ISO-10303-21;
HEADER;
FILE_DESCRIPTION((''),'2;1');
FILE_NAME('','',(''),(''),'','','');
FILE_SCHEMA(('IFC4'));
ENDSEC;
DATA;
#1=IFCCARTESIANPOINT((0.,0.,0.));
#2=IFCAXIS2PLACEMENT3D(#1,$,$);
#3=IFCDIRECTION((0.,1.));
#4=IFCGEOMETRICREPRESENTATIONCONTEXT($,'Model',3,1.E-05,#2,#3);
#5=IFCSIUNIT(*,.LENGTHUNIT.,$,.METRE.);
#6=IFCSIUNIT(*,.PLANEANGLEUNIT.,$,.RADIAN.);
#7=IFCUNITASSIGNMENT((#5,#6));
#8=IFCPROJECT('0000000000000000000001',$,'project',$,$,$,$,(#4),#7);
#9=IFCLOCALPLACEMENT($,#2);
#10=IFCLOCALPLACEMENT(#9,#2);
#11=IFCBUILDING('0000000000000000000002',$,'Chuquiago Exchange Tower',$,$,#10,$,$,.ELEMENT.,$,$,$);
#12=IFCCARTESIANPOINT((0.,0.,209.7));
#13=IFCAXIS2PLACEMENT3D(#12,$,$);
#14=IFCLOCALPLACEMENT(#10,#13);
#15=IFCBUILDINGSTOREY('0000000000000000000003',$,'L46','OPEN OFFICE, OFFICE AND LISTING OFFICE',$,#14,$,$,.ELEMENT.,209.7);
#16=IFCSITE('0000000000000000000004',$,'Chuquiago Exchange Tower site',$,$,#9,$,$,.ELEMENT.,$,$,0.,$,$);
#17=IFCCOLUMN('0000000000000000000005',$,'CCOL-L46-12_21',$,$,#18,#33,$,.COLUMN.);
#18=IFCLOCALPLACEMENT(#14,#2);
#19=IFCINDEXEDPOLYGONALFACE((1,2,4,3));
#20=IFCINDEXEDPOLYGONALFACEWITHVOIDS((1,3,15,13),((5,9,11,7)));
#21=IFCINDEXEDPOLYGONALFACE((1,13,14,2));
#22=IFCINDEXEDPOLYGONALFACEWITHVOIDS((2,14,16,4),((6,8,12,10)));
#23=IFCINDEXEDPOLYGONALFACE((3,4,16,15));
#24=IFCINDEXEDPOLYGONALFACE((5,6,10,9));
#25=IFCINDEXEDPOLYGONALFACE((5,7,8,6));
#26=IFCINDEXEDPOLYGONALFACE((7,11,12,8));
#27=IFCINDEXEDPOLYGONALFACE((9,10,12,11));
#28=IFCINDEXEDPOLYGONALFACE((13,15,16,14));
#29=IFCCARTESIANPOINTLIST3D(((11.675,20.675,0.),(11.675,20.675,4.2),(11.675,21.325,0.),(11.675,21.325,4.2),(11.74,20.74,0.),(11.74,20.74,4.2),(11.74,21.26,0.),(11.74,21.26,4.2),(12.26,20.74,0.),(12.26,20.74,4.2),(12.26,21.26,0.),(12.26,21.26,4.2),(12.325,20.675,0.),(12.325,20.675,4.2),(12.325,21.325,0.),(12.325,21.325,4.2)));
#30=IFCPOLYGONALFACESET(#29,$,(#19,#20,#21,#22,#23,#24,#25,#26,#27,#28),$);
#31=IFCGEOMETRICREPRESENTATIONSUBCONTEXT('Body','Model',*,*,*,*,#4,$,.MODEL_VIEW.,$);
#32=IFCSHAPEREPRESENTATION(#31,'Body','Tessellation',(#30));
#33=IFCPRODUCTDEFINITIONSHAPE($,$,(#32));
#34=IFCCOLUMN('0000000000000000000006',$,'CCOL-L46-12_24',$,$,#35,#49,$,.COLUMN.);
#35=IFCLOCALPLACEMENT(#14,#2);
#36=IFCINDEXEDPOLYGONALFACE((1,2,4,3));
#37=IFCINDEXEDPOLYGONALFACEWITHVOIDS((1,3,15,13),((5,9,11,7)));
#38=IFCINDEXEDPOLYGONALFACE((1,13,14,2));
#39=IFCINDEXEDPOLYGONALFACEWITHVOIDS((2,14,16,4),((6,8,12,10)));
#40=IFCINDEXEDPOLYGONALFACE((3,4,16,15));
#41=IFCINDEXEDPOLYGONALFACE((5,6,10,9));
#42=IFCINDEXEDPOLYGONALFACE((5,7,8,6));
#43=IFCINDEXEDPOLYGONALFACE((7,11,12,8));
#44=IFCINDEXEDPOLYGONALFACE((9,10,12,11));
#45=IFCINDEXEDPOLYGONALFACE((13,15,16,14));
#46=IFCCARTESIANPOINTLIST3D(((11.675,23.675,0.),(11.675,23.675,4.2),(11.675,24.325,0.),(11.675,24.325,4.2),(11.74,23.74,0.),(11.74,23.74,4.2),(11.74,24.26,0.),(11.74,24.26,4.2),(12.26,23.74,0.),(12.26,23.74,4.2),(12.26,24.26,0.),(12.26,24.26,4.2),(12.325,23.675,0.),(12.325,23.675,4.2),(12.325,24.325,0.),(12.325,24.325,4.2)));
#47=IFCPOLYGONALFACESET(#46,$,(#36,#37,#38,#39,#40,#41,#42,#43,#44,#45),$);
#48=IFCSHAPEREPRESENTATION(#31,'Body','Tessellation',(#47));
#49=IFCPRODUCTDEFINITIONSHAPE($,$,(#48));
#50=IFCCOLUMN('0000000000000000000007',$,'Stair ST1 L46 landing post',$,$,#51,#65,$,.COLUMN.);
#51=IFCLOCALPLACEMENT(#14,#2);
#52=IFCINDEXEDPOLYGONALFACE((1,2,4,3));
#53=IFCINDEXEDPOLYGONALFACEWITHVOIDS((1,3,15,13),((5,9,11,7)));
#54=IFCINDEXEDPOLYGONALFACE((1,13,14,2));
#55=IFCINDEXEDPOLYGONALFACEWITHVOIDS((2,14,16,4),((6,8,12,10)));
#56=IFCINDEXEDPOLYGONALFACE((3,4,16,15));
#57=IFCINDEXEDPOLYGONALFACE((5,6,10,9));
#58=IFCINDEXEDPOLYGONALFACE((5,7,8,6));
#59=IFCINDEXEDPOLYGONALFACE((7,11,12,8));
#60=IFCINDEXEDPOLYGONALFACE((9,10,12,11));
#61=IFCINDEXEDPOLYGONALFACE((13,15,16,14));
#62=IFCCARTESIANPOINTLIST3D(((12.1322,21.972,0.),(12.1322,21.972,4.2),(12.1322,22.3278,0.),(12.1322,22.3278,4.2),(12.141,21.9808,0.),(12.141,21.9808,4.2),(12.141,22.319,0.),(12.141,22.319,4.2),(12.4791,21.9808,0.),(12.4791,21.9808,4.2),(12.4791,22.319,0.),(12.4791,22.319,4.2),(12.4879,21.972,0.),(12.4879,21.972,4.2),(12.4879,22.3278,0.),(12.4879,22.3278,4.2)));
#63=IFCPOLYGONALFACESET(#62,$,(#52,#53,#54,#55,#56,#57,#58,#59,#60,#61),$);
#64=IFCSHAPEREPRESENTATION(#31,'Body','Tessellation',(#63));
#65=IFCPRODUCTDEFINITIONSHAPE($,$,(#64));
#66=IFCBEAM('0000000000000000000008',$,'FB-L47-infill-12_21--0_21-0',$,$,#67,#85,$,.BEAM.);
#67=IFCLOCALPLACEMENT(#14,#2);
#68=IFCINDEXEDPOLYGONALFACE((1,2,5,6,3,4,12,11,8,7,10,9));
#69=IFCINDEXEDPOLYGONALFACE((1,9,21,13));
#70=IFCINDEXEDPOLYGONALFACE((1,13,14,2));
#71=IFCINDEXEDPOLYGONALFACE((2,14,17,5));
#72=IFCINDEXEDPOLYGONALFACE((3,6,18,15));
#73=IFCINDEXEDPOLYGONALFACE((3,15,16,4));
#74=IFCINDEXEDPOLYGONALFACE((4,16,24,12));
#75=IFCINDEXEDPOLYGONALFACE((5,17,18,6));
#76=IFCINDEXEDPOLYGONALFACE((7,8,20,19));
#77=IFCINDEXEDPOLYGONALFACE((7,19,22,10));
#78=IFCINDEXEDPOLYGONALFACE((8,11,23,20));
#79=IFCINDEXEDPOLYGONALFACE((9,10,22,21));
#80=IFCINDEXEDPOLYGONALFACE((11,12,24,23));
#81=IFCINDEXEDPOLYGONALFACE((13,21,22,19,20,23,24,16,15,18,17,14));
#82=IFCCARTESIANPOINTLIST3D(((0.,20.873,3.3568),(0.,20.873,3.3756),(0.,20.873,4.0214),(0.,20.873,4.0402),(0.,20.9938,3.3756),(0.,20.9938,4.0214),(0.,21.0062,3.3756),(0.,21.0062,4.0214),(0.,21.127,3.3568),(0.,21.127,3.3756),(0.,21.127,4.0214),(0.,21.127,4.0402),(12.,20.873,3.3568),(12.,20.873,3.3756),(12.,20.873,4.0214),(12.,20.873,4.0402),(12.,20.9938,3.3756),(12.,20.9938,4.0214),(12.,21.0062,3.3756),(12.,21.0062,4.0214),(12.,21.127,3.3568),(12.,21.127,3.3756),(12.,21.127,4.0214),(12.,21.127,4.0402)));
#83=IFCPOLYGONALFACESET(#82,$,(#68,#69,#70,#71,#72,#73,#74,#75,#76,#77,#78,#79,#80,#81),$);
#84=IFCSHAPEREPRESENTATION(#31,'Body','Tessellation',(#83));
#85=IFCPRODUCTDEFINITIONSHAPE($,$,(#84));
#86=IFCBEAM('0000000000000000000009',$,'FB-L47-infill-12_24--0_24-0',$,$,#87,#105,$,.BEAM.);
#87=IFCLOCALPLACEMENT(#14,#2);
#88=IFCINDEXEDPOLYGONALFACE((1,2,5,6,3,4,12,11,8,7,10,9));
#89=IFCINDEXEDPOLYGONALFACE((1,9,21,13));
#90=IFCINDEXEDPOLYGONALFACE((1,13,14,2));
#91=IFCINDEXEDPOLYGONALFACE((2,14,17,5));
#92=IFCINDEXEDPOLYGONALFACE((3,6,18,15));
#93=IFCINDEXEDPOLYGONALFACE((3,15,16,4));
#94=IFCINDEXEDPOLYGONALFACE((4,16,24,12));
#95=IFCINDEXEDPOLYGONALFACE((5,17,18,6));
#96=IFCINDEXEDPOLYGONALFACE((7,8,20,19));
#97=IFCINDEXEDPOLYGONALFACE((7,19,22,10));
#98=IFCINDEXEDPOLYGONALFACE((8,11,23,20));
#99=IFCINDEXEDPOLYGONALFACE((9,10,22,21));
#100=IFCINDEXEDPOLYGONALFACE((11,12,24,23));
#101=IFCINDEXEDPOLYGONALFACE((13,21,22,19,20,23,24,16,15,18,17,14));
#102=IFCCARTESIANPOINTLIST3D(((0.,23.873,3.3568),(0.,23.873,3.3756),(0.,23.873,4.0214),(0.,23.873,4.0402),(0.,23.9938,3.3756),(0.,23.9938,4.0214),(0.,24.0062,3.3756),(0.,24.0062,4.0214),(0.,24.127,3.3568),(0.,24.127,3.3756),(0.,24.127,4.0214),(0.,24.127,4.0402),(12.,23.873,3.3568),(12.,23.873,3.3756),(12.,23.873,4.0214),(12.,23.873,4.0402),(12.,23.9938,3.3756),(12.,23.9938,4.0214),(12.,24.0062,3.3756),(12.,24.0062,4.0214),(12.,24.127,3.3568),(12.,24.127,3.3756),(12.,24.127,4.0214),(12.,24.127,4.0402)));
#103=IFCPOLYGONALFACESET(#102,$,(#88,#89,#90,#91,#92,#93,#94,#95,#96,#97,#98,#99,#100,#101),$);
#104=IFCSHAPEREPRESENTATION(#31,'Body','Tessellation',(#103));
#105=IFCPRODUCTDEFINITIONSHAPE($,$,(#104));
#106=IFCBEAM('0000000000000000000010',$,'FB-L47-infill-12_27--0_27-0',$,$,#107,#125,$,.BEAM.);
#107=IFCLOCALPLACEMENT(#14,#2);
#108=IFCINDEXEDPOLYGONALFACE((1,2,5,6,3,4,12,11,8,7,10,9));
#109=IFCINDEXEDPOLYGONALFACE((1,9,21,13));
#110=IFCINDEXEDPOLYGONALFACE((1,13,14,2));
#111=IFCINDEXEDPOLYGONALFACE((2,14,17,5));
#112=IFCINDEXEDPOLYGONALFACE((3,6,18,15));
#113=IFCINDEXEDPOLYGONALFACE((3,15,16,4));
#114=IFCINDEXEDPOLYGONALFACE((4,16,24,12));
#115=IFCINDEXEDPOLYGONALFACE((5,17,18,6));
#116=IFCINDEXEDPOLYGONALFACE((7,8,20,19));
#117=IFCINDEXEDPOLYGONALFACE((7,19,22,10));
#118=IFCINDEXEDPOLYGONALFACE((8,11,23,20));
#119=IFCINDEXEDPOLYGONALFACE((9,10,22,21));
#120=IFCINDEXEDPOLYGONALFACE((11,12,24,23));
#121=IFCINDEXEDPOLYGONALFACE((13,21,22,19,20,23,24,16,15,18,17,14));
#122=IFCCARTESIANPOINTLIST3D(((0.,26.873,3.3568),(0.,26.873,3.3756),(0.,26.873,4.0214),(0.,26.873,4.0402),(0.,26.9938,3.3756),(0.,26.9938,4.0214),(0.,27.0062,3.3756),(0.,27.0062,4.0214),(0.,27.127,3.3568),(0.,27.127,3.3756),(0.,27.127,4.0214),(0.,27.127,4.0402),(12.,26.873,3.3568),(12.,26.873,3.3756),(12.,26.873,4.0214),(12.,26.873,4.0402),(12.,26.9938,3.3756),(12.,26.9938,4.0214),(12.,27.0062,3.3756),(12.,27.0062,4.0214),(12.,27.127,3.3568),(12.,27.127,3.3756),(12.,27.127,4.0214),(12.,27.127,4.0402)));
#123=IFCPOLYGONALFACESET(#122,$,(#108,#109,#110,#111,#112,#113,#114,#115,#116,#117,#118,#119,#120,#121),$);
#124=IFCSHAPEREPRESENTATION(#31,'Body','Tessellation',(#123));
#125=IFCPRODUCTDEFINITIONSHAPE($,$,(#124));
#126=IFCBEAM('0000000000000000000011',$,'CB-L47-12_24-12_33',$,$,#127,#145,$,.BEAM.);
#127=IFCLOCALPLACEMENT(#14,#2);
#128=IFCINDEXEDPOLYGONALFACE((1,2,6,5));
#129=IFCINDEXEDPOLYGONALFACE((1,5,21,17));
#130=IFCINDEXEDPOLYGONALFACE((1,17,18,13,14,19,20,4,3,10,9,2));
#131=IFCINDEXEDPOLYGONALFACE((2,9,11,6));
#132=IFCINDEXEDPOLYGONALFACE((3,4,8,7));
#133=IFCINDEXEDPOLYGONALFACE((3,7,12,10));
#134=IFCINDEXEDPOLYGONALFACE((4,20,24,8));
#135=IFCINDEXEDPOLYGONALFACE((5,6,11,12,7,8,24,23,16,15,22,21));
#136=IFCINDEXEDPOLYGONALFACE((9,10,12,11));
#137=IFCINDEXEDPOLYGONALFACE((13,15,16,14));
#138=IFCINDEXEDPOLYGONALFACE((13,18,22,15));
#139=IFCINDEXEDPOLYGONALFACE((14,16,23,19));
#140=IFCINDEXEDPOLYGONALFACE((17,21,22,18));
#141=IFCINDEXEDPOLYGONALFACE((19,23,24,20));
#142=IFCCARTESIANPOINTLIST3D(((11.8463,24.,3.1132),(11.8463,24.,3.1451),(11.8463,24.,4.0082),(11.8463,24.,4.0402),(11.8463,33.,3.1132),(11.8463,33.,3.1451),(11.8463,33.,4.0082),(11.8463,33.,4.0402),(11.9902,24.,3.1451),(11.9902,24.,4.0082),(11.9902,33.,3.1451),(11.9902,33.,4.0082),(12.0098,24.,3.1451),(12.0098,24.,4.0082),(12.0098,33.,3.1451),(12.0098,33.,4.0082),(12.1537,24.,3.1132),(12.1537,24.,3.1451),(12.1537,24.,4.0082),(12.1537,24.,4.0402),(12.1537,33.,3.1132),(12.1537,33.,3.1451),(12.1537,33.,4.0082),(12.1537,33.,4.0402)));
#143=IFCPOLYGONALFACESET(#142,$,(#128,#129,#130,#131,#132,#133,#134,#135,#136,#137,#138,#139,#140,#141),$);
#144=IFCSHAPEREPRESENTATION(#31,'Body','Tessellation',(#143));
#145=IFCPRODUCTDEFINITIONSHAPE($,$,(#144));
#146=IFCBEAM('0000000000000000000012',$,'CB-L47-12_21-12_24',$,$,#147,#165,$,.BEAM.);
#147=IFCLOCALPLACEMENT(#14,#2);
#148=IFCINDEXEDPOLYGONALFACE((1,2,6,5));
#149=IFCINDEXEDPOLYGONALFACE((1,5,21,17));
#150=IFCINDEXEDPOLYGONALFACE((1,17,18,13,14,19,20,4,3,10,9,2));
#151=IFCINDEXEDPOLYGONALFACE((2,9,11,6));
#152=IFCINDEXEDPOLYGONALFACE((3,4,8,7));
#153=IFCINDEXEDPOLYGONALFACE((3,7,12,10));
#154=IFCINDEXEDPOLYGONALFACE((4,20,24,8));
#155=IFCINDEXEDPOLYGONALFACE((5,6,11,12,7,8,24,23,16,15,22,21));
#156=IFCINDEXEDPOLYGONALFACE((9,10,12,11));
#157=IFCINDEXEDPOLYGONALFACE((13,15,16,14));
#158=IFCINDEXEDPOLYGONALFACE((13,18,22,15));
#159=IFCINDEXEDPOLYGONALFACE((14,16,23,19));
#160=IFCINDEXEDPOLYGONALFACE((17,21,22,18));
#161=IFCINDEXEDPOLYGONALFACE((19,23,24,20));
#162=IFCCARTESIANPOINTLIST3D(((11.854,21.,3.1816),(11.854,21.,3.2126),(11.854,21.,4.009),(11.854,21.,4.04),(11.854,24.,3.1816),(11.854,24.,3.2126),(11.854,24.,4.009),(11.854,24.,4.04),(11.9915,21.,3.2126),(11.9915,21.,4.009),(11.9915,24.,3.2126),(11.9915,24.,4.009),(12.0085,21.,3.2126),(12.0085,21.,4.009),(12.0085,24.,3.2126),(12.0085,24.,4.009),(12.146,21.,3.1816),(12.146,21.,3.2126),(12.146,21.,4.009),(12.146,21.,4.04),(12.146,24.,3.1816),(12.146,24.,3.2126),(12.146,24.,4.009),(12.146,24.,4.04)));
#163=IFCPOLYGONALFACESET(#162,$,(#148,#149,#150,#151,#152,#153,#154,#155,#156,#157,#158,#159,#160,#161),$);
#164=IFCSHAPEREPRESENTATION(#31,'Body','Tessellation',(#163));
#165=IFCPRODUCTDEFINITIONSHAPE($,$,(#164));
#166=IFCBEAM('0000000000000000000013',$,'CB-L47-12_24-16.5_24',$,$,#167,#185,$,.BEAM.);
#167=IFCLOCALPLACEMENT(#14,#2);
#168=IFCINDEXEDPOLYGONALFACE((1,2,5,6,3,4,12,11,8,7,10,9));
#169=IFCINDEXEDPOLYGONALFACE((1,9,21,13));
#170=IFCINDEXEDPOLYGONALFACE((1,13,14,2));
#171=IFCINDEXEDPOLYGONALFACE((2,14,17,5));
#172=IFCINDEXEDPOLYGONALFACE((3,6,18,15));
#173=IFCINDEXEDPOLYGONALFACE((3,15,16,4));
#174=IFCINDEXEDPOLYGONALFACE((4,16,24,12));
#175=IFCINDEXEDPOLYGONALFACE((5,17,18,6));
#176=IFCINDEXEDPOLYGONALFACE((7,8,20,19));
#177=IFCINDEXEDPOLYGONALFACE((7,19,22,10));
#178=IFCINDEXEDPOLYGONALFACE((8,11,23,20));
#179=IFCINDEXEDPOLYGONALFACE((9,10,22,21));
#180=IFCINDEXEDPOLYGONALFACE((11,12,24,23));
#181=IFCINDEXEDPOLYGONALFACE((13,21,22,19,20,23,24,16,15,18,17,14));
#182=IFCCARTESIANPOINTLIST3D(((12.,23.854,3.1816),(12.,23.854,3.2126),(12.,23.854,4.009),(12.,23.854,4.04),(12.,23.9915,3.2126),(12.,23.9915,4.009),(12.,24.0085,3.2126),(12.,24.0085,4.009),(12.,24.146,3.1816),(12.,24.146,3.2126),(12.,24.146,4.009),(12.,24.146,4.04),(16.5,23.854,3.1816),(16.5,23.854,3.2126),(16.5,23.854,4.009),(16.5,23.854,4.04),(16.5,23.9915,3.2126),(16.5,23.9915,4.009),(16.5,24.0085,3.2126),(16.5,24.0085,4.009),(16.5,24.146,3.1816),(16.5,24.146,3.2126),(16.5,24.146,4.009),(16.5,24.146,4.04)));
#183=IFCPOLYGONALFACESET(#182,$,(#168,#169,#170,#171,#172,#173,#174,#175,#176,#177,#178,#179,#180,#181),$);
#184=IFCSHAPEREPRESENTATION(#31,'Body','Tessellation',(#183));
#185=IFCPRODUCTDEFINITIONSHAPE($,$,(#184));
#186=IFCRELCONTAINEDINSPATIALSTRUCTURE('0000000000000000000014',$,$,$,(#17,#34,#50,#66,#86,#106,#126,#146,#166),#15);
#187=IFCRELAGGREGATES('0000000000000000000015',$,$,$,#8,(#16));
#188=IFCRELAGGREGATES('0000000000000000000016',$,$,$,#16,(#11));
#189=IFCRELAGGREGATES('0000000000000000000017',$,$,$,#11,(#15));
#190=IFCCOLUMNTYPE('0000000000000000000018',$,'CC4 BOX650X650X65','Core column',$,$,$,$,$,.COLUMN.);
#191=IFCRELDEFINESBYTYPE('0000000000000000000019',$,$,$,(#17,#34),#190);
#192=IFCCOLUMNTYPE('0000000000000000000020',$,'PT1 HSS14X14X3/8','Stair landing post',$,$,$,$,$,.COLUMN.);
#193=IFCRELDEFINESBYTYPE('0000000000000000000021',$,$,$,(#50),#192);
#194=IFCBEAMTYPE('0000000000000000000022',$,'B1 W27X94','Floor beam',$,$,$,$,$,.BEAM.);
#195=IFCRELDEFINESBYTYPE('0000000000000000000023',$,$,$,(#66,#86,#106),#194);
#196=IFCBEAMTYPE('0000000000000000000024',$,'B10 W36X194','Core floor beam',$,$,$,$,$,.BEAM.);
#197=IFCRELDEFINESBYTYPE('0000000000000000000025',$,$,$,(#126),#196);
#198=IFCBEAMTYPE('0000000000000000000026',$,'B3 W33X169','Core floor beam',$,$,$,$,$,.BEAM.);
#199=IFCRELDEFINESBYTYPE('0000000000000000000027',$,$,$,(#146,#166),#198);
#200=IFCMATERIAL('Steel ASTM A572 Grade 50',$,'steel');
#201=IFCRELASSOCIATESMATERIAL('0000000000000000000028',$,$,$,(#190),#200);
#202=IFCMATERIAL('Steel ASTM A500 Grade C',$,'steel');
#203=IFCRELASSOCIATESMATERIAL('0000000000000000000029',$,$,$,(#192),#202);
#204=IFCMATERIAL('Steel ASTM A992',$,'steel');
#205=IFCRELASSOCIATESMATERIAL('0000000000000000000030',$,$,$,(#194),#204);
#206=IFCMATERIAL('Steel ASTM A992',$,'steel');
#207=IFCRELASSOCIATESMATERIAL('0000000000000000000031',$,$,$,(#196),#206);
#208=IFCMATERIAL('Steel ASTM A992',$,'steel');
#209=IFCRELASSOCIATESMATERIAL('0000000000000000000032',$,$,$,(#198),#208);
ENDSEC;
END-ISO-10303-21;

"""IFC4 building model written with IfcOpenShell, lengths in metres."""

from ifc_helpers import new_model, si_unit, direction, frame, origin, origin_2d, place, context, subcontext, project, spatial, hollow_rectangle, i_section, extrude, material, material_profile, profile_set, type_object, element, save


model = new_model("IFC4")

# Units and contexts
model_context = context("Model", 3, precision=1e-05, world=origin(), true_north=direction((0.0, 1.0)))
body_context = subcontext(model_context, "Body", "Model", "MODEL_VIEW")
ifc_project = project(units=[si_unit("LENGTHUNIT", "METRE"), si_unit("PLANEANGLEUNIT", "RADIAN")], contexts=[model_context])

# Site, building, storey
site_placement = place(None, origin())
site = spatial("IfcSite", under=ifc_project, at=site_placement, Name="Chuquiago Exchange Tower site", CompositionType="ELEMENT", RefElevation=0.0)
building_placement = place(site_placement, origin())
building = spatial("IfcBuilding", under=site, at=building_placement, Name="Chuquiago Exchange Tower", CompositionType="ELEMENT")
storey_placement = place(building_placement, frame((0.0, 0.0, 209.7)))
storey = spatial("IfcBuildingStorey", under=building, at=storey_placement, Name="L46", Description="OPEN OFFICE, OFFICE AND LISTING OFFICE", CompositionType="ELEMENT", Elevation=209.7)

# Columns
ifc_material_1 = material(Name="Steel ASTM A572 Grade 50", Category="steel")
ifc_material_profile_1 = material_profile(ifc_material_1, hollow_rectangle(XDim=0.6499, YDim=0.6499, WallThickness=0.0649, at=origin_2d()), Name="BOX650X650X65")
ifc_profile_set_1 = profile_set([ifc_material_profile_1], Name="Steel ASTM A572 Grade 50")
column_type_1 = type_object("IfcColumnType", Name="CC4 BOX650X650X65", Description="Core column", PredefinedType="COLUMN", material=ifc_profile_set_1)
for number, where, z_axis, x_axis, name in (
    (1, (12.0, 21.0, 0.0), (0.0, 0.0, 1.0), (1.0, 0.0, 0.0), "CCOL-L46-12_21"),
    (2, (12.0, 24.0, 0.0), (0.0, 0.0, 1.0), (1.0, 0.0, 0.0), "CCOL-L46-12_24"),
):
    element("IfcColumn", number, at=place(storey_placement, frame(where, z_axis=z_axis, x_axis=x_axis)), inside=storey, type_object=column_type_1, Name=name, PredefinedType="COLUMN", context=body_context, shape_type="SweptSolid", body=[
        extrude(hollow_rectangle(XDim=0.6499, YDim=0.6499, WallThickness=0.0649, at=origin_2d()), origin(), (0.0, 0.0, 1.0), 4.2),
    ])
ifc_material_2 = material(Name="Steel ASTM A500 Grade C", Category="steel")
ifc_material_profile_2 = material_profile(ifc_material_2, hollow_rectangle(XDim=0.3557, YDim=0.3557, WallThickness=0.0088, at=origin_2d()), Name="HSS14X14X3/8")
ifc_profile_set_2 = profile_set([ifc_material_profile_2], Name="Steel ASTM A500 Grade C")
column_type_2 = type_object("IfcColumnType", Name="PT1 HSS14X14X3/8", Description="Stair landing post", PredefinedType="COLUMN", material=ifc_profile_set_2)
column_placement = place(storey_placement, frame((12.3101, 22.1499, 0.0), z_axis=(0.0, 0.0, 1.0), x_axis=(1.0, 0.0, 0.0)))
element("IfcColumn", 3, at=column_placement, inside=storey, type_object=column_type_2, Name="Stair ST1 L46 landing post", PredefinedType="COLUMN", context=body_context, shape_type="SweptSolid", body=[
    extrude(hollow_rectangle(XDim=0.3557, YDim=0.3557, WallThickness=0.0088, at=origin_2d()), origin(), (0.0, 0.0, 1.0), 4.2),
])

# Beams
ifc_material_3 = material(Name="Steel ASTM A992", Category="steel")
ifc_material_profile_3 = material_profile(ifc_material_3, i_section(OverallWidth=0.2539, OverallDepth=0.6833, WebThickness=0.0125, FlangeThickness=0.0188, at=origin_2d()), Name="W27X94")
ifc_profile_set_3 = profile_set([ifc_material_profile_3], Name="Steel ASTM A992")
beam_type_1 = type_object("IfcBeamType", Name="B1 W27X94", Description="Floor beam", PredefinedType="BEAM", material=ifc_profile_set_3)
for number, where, z_axis, x_axis, name in (
    (4, (12.0, 21.0, 3.6985), (-1.0, 0.0, 0.0), (0.0, -1.0, 0.0), "FB-L47-infill-12_21--0_21-0"),
    (5, (12.0, 24.0, 3.6985), (-1.0, 0.0, 0.0), (0.0, -1.0, 0.0), "FB-L47-infill-12_24--0_24-0"),
    (6, (12.0, 27.0, 3.6985), (-1.0, 0.0, 0.0), (0.0, -1.0, 0.0), "FB-L47-infill-12_27--0_27-0"),
):
    element("IfcBeam", number, at=place(storey_placement, frame(where, z_axis=z_axis, x_axis=x_axis)), inside=storey, type_object=beam_type_1, Name=name, PredefinedType="BEAM", context=body_context, shape_type="SweptSolid", body=[
        extrude(i_section(OverallWidth=0.2539, OverallDepth=0.6833, WebThickness=0.0125, FlangeThickness=0.0188, at=origin_2d()), origin(), (0.0, 0.0, 1.0), 12.0),
    ])
ifc_material_4 = material(Name="Steel ASTM A992", Category="steel")
ifc_material_profile_4 = material_profile(ifc_material_4, i_section(OverallWidth=0.3074, OverallDepth=0.927, WebThickness=0.0195, FlangeThickness=0.032, at=origin_2d()), Name="W36X194")
ifc_profile_set_4 = profile_set([ifc_material_profile_4], Name="Steel ASTM A992")
beam_type_2 = type_object("IfcBeamType", Name="B10 W36X194", Description="Core floor beam", PredefinedType="BEAM", material=ifc_profile_set_4)
beam_1_placement = place(storey_placement, frame((12.0, 24.0, 3.5767), z_axis=(0.0, 1.0, 0.0), x_axis=(-1.0, 0.0, 0.0)))
element("IfcBeam", 7, at=beam_1_placement, inside=storey, type_object=beam_type_2, Name="CB-L47-12_24-12_33", PredefinedType="BEAM", context=body_context, shape_type="SweptSolid", body=[
    extrude(i_section(OverallWidth=0.3074, OverallDepth=0.927, WebThickness=0.0195, FlangeThickness=0.032, at=origin_2d()), origin(), (0.0, 0.0, 1.0), 9.0),
])
ifc_material_5 = material(Name="Steel ASTM A992", Category="steel")
ifc_material_profile_5 = material_profile(ifc_material_5, i_section(OverallWidth=0.292, OverallDepth=0.8584, WebThickness=0.0171, FlangeThickness=0.031, at=origin_2d()), Name="W33X169")
ifc_profile_set_5 = profile_set([ifc_material_profile_5], Name="Steel ASTM A992")
beam_type_3 = type_object("IfcBeamType", Name="B3 W33X169", Description="Core floor beam", PredefinedType="BEAM", material=ifc_profile_set_5)
beam_2_placement = place(storey_placement, frame((12.0, 21.0, 3.6108), z_axis=(0.0, 1.0, 0.0), x_axis=(-1.0, 0.0, 0.0)))
element("IfcBeam", 8, at=beam_2_placement, inside=storey, type_object=beam_type_3, Name="CB-L47-12_21-12_24", PredefinedType="BEAM", context=body_context, shape_type="SweptSolid", body=[
    extrude(i_section(OverallWidth=0.292, OverallDepth=0.8584, WebThickness=0.0171, FlangeThickness=0.031, at=origin_2d()), origin(), (0.0, 0.0, 1.0), 3.0),
])
beam_3_placement = place(storey_placement, frame((12.0, 24.0, 3.6108), z_axis=(1.0, 0.0, 0.0), x_axis=(0.0, 1.0, 0.0)))
element("IfcBeam", 9, at=beam_3_placement, inside=storey, type_object=beam_type_3, Name="CB-L47-12_24-16.5_24", PredefinedType="BEAM", context=body_context, shape_type="SweptSolid", body=[
    extrude(i_section(OverallWidth=0.292, OverallDepth=0.8584, WebThickness=0.0171, FlangeThickness=0.031, at=origin_2d()), origin(), (0.0, 0.0, 1.0), 4.5),
])

save(model, "model.ifc")
